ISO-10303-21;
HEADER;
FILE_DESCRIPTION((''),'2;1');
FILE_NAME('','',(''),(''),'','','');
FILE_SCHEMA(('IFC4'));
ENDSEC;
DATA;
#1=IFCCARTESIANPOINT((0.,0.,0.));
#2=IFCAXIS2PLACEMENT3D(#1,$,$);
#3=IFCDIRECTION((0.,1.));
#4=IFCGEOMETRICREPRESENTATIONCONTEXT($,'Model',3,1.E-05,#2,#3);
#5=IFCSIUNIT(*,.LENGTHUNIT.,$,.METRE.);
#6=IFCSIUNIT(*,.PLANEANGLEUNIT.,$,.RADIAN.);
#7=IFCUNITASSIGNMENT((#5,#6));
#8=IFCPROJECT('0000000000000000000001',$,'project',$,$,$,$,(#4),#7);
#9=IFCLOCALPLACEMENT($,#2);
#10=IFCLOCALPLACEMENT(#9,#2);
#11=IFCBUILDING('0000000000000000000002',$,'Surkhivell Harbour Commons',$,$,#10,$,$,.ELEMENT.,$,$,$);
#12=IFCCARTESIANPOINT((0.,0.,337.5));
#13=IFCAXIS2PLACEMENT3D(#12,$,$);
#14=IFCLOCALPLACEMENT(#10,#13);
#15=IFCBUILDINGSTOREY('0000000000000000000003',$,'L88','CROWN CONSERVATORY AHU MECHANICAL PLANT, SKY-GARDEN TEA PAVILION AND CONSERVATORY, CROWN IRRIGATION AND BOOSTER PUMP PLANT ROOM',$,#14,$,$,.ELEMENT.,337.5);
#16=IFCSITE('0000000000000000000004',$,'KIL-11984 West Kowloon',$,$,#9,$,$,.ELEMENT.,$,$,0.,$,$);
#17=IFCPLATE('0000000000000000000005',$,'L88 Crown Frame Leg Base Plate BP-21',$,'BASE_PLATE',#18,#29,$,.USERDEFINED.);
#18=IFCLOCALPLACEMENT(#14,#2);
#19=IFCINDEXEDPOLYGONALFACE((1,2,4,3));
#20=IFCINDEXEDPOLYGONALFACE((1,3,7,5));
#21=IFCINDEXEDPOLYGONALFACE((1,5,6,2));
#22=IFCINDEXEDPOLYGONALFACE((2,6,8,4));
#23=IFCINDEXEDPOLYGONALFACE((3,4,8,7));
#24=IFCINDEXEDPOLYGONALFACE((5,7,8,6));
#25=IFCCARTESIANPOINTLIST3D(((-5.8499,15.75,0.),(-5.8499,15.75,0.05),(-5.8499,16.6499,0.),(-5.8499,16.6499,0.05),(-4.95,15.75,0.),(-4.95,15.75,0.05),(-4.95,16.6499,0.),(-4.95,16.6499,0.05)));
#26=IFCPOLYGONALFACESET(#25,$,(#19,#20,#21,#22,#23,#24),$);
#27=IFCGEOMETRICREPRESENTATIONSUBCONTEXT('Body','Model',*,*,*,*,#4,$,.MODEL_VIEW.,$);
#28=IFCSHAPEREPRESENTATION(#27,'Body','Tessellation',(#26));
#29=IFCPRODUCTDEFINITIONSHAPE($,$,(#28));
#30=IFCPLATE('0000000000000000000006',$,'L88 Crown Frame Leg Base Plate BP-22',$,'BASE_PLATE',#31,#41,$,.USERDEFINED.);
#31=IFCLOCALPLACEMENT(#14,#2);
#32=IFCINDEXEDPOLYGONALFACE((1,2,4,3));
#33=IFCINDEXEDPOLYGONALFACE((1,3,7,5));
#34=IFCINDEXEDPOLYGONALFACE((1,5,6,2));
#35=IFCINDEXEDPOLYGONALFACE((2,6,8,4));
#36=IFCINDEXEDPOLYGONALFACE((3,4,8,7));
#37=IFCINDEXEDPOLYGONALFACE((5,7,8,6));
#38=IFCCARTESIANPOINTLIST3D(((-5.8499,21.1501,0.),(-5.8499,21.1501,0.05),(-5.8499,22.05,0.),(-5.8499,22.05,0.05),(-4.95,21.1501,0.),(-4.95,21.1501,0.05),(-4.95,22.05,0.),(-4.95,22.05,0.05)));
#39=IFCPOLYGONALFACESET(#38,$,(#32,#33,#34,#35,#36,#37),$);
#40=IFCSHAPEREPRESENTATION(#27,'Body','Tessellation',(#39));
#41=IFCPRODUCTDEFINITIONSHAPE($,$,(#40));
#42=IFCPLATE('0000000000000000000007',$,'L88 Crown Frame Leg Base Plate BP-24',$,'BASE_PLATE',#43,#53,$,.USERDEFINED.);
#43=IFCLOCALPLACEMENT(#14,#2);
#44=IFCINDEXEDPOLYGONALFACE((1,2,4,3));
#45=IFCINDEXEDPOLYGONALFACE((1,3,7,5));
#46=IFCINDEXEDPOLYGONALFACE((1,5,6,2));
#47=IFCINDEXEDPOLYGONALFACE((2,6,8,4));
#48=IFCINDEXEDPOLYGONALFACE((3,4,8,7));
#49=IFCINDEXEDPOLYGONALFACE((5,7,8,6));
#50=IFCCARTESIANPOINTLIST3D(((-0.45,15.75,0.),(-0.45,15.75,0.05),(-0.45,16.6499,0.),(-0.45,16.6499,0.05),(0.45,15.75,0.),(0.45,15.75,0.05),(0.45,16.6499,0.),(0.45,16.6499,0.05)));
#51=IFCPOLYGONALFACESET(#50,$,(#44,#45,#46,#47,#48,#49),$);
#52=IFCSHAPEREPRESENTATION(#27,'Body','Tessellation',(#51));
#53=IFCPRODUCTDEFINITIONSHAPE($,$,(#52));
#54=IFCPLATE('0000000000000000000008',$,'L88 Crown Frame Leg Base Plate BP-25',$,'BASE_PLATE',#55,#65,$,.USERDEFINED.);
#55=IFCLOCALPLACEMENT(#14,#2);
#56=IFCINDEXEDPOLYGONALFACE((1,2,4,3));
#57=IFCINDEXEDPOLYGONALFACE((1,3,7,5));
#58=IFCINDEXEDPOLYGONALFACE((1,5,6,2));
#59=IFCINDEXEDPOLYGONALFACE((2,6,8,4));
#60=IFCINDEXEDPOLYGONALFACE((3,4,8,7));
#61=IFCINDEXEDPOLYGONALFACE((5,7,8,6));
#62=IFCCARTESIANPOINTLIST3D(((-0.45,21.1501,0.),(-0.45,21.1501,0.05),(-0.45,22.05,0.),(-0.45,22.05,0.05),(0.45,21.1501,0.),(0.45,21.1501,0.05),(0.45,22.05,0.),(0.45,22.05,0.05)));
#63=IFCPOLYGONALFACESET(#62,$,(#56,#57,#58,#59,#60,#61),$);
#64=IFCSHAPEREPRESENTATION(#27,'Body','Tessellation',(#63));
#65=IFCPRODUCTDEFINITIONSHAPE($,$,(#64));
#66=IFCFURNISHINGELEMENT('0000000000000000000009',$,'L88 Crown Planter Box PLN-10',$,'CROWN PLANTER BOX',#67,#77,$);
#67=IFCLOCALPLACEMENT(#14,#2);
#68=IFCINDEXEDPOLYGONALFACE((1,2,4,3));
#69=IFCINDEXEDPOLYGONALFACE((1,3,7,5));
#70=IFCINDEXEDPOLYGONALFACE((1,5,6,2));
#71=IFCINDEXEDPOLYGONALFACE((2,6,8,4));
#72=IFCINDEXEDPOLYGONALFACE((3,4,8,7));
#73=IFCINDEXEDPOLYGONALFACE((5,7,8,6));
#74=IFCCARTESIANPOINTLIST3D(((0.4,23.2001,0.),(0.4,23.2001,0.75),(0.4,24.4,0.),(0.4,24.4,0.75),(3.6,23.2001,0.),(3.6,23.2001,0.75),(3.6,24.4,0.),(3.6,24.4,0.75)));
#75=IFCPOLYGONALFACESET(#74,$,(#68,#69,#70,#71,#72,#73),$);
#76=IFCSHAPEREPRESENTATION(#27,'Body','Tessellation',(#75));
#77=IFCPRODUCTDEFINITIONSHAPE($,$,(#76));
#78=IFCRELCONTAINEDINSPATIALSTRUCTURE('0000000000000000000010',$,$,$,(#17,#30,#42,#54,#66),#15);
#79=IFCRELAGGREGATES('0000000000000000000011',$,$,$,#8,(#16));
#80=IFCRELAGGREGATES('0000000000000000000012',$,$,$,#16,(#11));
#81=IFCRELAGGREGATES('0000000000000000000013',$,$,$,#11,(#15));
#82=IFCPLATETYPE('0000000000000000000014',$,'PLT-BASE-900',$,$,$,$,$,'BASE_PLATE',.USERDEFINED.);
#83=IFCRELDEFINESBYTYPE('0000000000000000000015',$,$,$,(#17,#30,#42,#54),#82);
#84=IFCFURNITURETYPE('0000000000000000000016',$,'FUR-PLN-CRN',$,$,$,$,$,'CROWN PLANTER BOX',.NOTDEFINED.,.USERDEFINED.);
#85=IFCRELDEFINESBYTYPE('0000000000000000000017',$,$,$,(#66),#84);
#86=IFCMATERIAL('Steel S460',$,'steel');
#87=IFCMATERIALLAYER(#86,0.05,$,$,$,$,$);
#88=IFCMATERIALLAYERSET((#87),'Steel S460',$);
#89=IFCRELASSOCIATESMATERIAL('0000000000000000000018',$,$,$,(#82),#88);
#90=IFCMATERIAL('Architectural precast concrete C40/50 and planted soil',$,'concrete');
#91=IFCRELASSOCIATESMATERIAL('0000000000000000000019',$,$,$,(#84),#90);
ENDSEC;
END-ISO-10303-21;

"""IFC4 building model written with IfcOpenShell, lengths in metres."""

from ifc_helpers import new_model, si_unit, direction, frame, origin, origin_2d, place, context, subcontext, project, spatial, rectangle, extrude, material, layer, layer_set, type_object, element, save


model = new_model("IFC4")

# Units and contexts
model_context = context("Model", 3, precision=1e-05, world=origin(), true_north=direction((0.0, 1.0)))
body_context = subcontext(model_context, "Body", "Model", "MODEL_VIEW")
ifc_project = project(units=[si_unit("LENGTHUNIT", "METRE"), si_unit("PLANEANGLEUNIT", "RADIAN")], contexts=[model_context])

# Site, building, storey
site_placement = place(None, origin())
site = spatial("IfcSite", under=ifc_project, at=site_placement, Name="KIL-11984 West Kowloon", CompositionType="ELEMENT", RefElevation=0.0)
building_placement = place(site_placement, origin())
building = spatial("IfcBuilding", under=site, at=building_placement, Name="Surkhivell Harbour Commons", CompositionType="ELEMENT")
storey_placement = place(building_placement, frame((0.0, 0.0, 337.5)))
storey = spatial("IfcBuildingStorey", under=building, at=storey_placement, Name="L88", Description="CROWN CONSERVATORY AHU MECHANICAL PLANT, SKY-GARDEN TEA PAVILION AND CONSERVATORY, CROWN IRRIGATION AND BOOSTER PUMP PLANT ROOM", CompositionType="ELEMENT", Elevation=337.5)

# Shared definitions
ifc_material_1 = material(Name="Steel S460", Category="steel")

# Plates
ifc_layer_1 = layer(ifc_material_1, 0.05)
ifc_layer_set_1 = layer_set([ifc_layer_1], Name="Steel S460")
plate_type_1 = type_object("IfcPlateType", Name="PLT-BASE-900", ElementType="BASE_PLATE", PredefinedType="USERDEFINED", material=ifc_layer_set_1)
for number, where, z_axis, x_axis, name in (
    (1, (-5.3999, 16.2, 0.0), (0.0, 0.0, 1.0), (1.0, 0.0, 0.0), "L88 Crown Frame Leg Base Plate BP-21"),
    (2, (-5.3999, 21.6001, 0.0), (0.0, 0.0, 1.0), (1.0, 0.0, 0.0), "L88 Crown Frame Leg Base Plate BP-22"),
    (3, (0.0, 16.2, 0.0), (0.0, 0.0, 1.0), (1.0, 0.0, 0.0), "L88 Crown Frame Leg Base Plate BP-24"),
    (4, (0.0, 21.6001, 0.0), (0.0, 0.0, 1.0), (1.0, 0.0, 0.0), "L88 Crown Frame Leg Base Plate BP-25"),
):
    element("IfcPlate", number, at=place(storey_placement, frame(where, z_axis=z_axis, x_axis=x_axis)), inside=storey, type_object=plate_type_1, Name=name, ObjectType="BASE_PLATE", PredefinedType="USERDEFINED", context=body_context, shape_type="SweptSolid", body=[
        extrude(rectangle(XDim=0.8999, YDim=0.8999, at=origin_2d()), origin(), (0.0, 0.0, 1.0), 0.05),
    ])

# Furnishing element
ifc_material_2 = material(Name="Architectural precast concrete C40/50 and planted soil", Category="concrete")
furniture_type = type_object("IfcFurnitureType", Name="FUR-PLN-CRN", ElementType="CROWN PLANTER BOX", AssemblyPlace="NOTDEFINED", PredefinedType="USERDEFINED", material=ifc_material_2)
furnishing_placement = place(storey_placement, frame((2.0, 23.8, 0.0), z_axis=(0.0, 0.0, 1.0), x_axis=(1.0, 0.0, 0.0)))
element("IfcFurnishingElement", 5, at=furnishing_placement, inside=storey, type_object=furniture_type, Name="L88 Crown Planter Box PLN-10", ObjectType="CROWN PLANTER BOX", context=body_context, shape_type="SweptSolid", body=[
    extrude(rectangle(XDim=3.2, YDim=1.2, at=origin_2d()), origin(), (0.0, 0.0, 1.0), 0.75),
])

save(model, "model.ifc")
